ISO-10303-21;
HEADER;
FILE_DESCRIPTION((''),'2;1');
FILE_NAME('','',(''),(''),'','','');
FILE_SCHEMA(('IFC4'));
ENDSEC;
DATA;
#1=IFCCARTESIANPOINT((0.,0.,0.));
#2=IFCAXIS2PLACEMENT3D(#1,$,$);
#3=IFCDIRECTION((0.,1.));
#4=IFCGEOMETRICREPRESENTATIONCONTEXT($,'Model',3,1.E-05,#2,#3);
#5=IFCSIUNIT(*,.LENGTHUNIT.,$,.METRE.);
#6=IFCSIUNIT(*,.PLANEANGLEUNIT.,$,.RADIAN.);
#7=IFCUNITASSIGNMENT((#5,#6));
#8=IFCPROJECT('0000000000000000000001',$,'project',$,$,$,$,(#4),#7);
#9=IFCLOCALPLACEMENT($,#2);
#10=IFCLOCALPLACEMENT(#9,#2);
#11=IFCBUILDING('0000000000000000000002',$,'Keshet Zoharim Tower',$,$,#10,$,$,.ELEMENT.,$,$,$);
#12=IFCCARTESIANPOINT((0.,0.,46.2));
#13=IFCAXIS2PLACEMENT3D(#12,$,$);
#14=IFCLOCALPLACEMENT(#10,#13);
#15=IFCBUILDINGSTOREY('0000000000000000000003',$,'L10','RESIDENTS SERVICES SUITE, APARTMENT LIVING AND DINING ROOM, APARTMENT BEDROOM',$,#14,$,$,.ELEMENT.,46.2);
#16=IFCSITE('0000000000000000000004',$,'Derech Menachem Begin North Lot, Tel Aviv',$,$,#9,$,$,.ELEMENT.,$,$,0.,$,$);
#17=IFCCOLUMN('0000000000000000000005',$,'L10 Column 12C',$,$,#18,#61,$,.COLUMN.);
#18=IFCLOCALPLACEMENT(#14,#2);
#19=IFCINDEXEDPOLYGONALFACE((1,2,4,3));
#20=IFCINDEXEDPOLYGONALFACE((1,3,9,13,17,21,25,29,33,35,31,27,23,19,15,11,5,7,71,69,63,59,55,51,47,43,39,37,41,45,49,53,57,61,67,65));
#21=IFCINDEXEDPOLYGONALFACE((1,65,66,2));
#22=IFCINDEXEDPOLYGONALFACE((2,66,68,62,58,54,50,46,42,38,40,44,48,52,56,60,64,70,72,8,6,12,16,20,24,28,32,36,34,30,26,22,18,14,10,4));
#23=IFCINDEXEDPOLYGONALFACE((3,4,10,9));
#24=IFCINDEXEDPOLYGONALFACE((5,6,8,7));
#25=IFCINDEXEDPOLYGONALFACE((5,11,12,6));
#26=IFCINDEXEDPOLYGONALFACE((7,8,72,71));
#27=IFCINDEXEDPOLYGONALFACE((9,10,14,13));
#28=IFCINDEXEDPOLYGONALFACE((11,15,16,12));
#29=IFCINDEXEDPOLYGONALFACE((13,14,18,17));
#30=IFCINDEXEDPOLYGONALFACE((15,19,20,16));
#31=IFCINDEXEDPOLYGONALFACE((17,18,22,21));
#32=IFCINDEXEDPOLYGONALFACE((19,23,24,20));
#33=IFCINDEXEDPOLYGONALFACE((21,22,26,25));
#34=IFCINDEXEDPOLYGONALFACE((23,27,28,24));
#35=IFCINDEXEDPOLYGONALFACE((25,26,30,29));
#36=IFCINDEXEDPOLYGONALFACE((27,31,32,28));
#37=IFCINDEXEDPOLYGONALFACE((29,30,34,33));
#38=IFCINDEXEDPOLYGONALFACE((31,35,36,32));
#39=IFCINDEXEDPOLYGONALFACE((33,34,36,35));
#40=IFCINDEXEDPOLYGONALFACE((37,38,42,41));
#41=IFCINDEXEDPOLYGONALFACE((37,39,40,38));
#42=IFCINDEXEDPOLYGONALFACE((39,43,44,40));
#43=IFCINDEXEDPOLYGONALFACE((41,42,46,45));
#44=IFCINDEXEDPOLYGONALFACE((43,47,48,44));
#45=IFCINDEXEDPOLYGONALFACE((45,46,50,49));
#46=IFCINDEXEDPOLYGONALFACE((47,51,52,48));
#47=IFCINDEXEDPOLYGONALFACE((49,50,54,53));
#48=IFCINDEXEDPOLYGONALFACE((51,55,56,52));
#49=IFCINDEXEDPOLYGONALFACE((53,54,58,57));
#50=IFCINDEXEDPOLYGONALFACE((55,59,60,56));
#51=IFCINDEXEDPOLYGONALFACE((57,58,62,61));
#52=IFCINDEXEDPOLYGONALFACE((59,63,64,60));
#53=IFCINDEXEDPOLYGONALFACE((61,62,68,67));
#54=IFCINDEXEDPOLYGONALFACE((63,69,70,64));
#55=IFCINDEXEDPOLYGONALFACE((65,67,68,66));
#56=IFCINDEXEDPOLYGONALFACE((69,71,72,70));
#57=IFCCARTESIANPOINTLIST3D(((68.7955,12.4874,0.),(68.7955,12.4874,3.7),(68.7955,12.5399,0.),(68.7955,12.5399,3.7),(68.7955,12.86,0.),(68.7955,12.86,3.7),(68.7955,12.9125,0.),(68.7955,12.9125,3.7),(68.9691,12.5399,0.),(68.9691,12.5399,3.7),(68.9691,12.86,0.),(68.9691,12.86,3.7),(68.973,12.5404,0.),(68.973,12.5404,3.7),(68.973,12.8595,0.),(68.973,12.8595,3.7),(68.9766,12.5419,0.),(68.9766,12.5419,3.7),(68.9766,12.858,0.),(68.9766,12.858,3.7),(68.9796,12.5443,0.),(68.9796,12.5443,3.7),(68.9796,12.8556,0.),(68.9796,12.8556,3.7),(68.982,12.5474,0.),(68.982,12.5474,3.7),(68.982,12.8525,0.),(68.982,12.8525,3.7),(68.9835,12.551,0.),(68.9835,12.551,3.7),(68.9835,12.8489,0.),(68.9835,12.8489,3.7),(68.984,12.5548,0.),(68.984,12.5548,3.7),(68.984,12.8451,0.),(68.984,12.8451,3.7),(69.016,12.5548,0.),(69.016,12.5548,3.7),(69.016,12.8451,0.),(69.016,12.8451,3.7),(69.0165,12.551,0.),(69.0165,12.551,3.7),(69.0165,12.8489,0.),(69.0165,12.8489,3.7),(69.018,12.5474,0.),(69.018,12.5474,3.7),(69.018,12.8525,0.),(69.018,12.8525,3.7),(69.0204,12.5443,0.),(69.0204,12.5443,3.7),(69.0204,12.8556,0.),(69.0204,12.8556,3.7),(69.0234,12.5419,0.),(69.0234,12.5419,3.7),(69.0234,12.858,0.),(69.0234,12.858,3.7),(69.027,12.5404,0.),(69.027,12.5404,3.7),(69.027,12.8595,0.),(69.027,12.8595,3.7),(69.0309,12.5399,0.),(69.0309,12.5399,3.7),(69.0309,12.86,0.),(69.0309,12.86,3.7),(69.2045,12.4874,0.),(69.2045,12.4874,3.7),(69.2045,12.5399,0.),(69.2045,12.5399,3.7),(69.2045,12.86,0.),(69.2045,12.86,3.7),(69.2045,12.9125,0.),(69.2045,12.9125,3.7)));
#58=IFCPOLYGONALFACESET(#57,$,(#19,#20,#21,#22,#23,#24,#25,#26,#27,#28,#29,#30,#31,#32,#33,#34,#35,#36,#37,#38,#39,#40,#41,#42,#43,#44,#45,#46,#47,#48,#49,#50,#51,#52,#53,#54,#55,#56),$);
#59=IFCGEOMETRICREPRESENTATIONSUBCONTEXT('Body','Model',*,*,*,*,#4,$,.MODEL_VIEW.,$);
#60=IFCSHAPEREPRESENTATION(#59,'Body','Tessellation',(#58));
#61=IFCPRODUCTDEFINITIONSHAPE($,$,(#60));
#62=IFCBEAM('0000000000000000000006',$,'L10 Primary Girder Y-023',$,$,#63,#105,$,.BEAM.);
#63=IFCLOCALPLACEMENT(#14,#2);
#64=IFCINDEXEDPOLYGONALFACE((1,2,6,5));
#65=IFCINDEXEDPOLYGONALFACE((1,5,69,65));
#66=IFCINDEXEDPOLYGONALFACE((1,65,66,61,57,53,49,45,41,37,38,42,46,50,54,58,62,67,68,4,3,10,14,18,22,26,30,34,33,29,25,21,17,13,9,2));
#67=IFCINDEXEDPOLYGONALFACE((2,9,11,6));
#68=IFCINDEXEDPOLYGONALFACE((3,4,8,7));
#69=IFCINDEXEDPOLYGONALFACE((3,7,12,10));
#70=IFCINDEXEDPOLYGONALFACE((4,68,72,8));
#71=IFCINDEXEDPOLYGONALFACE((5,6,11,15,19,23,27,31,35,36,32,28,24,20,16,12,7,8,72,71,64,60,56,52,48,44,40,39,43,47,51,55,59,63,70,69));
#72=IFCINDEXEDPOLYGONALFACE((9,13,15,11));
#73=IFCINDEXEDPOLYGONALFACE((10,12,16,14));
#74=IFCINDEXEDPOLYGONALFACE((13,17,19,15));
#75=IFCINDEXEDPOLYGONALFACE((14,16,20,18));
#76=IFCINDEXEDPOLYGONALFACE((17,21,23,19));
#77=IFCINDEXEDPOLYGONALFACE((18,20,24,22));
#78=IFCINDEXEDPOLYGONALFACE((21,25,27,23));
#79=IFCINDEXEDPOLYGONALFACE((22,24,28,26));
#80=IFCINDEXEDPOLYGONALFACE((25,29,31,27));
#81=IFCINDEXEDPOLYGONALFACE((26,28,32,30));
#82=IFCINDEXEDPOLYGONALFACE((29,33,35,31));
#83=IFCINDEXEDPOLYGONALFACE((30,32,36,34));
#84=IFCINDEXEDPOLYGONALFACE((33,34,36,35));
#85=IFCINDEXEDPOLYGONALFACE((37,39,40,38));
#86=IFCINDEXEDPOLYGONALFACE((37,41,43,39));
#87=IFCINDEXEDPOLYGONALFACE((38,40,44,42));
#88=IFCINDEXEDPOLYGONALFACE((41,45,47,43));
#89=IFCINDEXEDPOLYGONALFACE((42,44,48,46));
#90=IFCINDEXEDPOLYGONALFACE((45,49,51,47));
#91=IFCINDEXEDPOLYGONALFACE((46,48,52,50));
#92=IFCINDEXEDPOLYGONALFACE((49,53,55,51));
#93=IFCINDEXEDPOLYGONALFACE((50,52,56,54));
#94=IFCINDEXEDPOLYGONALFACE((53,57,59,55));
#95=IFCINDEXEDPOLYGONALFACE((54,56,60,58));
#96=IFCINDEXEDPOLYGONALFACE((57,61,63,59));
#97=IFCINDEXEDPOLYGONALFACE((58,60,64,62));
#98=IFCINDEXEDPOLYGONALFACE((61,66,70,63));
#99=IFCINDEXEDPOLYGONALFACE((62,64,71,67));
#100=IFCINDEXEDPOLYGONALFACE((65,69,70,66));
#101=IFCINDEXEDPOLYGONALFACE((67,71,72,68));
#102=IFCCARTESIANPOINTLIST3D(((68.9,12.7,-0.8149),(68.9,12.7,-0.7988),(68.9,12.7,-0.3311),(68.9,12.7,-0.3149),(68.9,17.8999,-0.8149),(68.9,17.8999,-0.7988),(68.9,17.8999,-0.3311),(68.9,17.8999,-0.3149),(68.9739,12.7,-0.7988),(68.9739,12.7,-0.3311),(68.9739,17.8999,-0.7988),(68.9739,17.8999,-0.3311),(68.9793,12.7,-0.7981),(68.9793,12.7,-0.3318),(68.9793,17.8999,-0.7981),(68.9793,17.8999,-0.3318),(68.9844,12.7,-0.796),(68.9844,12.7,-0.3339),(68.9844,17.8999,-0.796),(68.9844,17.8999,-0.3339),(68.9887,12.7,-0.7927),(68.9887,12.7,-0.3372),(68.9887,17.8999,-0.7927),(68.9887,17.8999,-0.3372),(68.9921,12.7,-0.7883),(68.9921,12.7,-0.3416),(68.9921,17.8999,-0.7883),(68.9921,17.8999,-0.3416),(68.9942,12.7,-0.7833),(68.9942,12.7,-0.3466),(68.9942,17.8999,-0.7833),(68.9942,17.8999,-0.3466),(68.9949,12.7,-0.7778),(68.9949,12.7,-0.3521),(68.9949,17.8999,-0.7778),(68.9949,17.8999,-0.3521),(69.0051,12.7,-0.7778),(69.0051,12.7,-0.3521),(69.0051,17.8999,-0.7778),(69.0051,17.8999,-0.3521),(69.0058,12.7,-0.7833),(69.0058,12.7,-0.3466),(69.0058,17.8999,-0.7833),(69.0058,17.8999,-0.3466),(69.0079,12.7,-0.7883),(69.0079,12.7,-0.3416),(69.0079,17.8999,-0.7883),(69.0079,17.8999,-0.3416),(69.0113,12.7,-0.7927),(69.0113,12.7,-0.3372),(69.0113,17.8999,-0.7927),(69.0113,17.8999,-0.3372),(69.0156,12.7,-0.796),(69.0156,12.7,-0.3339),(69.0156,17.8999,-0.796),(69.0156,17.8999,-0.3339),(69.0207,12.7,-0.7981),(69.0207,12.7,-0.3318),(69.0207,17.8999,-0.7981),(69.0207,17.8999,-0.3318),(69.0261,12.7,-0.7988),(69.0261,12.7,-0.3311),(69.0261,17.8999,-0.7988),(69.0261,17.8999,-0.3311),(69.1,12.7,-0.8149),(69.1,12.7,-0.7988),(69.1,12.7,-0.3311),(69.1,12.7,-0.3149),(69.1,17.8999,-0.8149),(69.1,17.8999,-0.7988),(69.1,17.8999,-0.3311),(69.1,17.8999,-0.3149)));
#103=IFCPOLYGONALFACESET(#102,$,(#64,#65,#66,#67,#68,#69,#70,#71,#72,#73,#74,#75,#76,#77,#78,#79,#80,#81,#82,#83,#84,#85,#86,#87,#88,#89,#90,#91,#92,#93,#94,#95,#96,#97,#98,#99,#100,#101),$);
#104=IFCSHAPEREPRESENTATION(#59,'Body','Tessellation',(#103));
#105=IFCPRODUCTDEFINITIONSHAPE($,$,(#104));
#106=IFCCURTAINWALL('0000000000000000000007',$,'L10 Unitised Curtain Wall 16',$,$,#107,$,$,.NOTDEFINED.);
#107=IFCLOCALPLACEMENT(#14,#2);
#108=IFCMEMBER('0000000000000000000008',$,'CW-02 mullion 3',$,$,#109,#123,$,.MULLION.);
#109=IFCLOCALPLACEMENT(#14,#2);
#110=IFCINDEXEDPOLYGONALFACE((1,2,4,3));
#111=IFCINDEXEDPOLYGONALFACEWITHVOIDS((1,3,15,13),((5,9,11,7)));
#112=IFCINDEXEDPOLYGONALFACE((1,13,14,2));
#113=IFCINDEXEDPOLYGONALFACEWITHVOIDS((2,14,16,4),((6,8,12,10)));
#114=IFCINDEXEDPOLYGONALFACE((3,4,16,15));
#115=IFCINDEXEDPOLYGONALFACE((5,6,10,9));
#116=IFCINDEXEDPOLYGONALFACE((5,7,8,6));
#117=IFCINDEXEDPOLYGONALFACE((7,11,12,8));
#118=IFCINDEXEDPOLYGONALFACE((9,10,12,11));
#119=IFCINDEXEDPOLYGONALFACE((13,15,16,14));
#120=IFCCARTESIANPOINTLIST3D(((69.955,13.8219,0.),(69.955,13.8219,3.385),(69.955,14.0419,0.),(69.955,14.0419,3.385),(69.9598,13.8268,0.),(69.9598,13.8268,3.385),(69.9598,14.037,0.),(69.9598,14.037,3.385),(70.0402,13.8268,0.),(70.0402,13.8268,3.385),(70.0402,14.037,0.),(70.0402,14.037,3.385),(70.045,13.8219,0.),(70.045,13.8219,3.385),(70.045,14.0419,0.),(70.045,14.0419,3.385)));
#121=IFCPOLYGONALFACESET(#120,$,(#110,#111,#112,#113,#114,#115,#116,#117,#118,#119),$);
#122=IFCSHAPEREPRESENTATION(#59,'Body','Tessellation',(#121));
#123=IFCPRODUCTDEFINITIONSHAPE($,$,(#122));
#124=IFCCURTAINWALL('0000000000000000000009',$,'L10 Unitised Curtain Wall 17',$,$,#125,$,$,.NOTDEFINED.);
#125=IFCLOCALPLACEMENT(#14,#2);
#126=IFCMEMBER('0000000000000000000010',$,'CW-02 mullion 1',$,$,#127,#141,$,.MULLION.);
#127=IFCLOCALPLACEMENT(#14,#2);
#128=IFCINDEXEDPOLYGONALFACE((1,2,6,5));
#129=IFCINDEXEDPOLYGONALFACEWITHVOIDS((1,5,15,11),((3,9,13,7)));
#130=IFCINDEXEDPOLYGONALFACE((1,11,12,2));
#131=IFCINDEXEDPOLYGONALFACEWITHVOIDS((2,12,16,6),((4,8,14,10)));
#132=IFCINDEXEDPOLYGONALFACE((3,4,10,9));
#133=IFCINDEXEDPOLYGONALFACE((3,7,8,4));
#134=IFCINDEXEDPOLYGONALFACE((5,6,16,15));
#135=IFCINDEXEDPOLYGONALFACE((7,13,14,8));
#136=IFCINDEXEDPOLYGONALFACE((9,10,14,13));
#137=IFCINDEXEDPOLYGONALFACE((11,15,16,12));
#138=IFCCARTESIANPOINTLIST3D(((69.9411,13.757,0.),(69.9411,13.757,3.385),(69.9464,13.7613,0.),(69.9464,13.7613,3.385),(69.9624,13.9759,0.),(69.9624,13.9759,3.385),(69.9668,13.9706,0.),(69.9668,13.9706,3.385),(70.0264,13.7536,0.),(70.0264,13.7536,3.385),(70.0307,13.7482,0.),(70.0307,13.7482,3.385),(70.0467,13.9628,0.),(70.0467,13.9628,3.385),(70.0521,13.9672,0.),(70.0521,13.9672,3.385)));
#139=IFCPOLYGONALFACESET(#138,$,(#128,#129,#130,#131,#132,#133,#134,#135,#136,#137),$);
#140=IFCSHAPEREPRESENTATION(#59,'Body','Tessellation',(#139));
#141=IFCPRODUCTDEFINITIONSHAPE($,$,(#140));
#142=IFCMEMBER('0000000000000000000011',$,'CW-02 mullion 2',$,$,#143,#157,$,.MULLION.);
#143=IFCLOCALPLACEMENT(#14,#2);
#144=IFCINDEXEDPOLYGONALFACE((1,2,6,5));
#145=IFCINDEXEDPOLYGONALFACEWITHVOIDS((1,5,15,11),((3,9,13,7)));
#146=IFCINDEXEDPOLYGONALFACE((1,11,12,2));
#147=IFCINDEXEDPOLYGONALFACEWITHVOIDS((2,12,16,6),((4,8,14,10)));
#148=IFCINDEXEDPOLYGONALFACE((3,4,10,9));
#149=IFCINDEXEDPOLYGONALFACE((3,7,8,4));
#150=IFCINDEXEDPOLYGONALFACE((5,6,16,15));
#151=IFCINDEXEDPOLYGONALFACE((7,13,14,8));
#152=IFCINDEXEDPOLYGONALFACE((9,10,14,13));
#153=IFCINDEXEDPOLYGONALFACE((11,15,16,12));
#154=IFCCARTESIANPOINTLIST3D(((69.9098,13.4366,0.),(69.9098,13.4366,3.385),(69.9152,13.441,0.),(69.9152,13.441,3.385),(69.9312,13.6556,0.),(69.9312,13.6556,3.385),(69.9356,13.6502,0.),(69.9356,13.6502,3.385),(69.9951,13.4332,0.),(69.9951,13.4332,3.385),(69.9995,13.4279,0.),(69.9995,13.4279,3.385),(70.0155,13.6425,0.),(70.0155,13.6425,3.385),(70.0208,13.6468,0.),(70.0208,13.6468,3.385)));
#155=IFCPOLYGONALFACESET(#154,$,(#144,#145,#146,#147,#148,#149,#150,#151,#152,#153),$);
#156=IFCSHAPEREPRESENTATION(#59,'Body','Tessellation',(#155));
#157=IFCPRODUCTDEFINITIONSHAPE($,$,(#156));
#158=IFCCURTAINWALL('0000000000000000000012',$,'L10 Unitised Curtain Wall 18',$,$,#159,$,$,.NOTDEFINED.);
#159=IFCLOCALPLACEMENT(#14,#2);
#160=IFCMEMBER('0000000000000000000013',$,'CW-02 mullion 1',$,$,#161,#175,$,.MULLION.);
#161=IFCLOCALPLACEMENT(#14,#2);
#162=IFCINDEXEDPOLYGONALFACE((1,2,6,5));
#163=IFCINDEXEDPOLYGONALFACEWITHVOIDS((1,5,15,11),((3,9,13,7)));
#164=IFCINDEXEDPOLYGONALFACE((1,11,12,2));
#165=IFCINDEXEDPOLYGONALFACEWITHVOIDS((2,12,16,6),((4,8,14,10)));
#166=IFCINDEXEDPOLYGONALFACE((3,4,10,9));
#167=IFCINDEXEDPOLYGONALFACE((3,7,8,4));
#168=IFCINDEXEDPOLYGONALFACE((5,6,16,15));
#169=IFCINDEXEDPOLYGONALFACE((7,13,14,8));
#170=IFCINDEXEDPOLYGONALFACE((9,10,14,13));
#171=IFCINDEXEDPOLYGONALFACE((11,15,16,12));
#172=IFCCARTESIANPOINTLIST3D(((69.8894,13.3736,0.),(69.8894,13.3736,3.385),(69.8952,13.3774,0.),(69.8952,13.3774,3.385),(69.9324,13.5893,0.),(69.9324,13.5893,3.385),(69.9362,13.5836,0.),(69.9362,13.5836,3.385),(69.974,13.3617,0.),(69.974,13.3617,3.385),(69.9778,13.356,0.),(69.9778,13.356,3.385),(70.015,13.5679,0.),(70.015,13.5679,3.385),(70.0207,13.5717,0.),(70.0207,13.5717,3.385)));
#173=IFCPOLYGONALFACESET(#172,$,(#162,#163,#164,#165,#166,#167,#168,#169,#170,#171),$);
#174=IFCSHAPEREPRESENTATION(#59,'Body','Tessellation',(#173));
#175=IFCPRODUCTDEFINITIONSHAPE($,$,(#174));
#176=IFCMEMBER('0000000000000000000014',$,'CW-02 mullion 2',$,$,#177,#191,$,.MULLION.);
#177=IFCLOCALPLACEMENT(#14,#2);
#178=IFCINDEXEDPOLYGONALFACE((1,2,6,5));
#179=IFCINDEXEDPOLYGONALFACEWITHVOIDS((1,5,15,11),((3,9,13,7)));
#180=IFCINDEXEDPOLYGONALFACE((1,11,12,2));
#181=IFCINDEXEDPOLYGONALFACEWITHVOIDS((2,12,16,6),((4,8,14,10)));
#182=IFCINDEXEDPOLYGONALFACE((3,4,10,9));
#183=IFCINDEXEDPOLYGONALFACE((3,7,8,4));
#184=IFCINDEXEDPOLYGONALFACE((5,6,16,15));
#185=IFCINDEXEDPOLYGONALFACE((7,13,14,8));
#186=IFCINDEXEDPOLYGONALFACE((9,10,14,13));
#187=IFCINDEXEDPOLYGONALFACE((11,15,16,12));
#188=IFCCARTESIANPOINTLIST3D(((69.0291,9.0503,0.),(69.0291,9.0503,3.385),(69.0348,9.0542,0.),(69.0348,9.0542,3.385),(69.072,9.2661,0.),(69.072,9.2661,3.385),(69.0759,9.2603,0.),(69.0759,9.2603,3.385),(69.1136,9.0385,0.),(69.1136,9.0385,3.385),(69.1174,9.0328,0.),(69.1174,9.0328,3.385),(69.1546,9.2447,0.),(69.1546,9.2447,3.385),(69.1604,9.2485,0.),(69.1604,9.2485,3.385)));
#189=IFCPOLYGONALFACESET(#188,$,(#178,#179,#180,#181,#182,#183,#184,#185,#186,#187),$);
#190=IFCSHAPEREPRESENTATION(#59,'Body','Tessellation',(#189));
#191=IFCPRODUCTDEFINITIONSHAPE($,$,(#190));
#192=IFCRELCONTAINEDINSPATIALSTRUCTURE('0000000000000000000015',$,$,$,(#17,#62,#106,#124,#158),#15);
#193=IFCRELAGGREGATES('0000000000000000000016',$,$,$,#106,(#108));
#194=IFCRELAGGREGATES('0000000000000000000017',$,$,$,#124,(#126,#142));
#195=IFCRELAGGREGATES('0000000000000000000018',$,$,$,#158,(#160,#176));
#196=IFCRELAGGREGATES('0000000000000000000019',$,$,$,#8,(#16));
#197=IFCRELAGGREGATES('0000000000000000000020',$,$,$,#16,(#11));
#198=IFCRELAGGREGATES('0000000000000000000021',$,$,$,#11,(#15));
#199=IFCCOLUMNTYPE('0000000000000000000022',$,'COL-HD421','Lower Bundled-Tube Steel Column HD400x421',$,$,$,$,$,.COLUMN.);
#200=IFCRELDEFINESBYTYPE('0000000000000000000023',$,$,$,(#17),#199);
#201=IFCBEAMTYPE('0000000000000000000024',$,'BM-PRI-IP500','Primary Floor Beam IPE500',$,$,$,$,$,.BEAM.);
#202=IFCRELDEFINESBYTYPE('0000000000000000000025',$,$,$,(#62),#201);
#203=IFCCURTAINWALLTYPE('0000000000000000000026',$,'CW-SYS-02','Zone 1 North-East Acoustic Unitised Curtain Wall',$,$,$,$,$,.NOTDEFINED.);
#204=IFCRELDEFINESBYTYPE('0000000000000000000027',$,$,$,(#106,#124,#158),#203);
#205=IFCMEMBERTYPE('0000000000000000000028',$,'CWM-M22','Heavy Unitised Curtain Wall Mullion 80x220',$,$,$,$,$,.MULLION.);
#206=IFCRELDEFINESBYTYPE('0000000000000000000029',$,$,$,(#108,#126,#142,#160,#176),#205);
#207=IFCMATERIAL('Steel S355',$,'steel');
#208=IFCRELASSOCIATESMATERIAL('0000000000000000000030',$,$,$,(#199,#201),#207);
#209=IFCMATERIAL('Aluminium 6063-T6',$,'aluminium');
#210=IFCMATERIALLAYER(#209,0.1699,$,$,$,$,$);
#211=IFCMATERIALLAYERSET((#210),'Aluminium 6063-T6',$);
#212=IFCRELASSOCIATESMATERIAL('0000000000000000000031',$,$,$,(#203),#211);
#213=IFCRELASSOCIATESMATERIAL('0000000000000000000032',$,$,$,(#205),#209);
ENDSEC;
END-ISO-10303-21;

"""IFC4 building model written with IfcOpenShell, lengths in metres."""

from ifc_helpers import new_model, si_unit, direction, frame, origin, origin_2d, place, context, subcontext, project, spatial, hollow_rectangle, i_section, extrude, material, layer, layer_set, material_profile, profile_set, type_object, element, aggregate, save


model = new_model("IFC4")

# Units and contexts
model_context = context("Model", 3, precision=1e-05, world=origin(), true_north=direction((0.0, 1.0)))
body_context = subcontext(model_context, "Body", "Model", "MODEL_VIEW")
ifc_project = project(units=[si_unit("LENGTHUNIT", "METRE"), si_unit("PLANEANGLEUNIT", "RADIAN")], contexts=[model_context])

# Site, building, storey
site_placement = place(None, origin())
site = spatial("IfcSite", under=ifc_project, at=site_placement, Name="Derech Menachem Begin North Lot, Tel Aviv", CompositionType="ELEMENT", RefElevation=0.0)
building_placement = place(site_placement, origin())
building = spatial("IfcBuilding", under=site, at=building_placement, Name="Keshet Zoharim Tower", CompositionType="ELEMENT")
storey_placement = place(building_placement, frame((0.0, 0.0, 46.2)))
storey = spatial("IfcBuildingStorey", under=building, at=storey_placement, Name="L10", Description="RESIDENTS SERVICES SUITE, APARTMENT LIVING AND DINING ROOM, APARTMENT BEDROOM", CompositionType="ELEMENT", Elevation=46.2)

# Column
ifc_material_1 = material(Name="Steel S355", Category="steel")
ifc_material_profile_1 = material_profile(ifc_material_1, i_section(OverallWidth=0.4089, OverallDepth=0.425, WebThickness=0.032, FlangeThickness=0.0525, FilletRadius=0.0149, at=origin_2d()), Name="HD400x421")
ifc_profile_set_1 = profile_set([ifc_material_profile_1], Name="Steel S355")
column_type = type_object("IfcColumnType", Name="COL-HD421", Description="Lower Bundled-Tube Steel Column HD400x421", PredefinedType="COLUMN", material=ifc_profile_set_1)
column_placement = place(storey_placement, frame((69.0, 12.7, 0.0), z_axis=(0.0, 0.0, 1.0), x_axis=(1.0, 0.0, 0.0)))
element("IfcColumn", 1, at=column_placement, inside=storey, type_object=column_type, Name="L10 Column 12C", PredefinedType="COLUMN", context=body_context, shape_type="SweptSolid", body=[
    extrude(i_section(OverallWidth=0.4089, OverallDepth=0.425, WebThickness=0.032, FlangeThickness=0.0525, FilletRadius=0.0149, at=origin_2d()), origin(), (0.0, 0.0, 1.0), 3.7),
])

# Beam
ifc_material_profile_2 = material_profile(ifc_material_1, i_section(OverallWidth=0.2, OverallDepth=0.5, WebThickness=0.0103, FlangeThickness=0.0161, FilletRadius=0.021, at=origin_2d()), Name="IPE500")
ifc_profile_set_2 = profile_set([ifc_material_profile_2], Name="Steel S355")
beam_type = type_object("IfcBeamType", Name="BM-PRI-IP500", Description="Primary Floor Beam IPE500", PredefinedType="BEAM", material=ifc_profile_set_2)
beam_placement = place(storey_placement, frame((69.0, 12.7, -0.5649), z_axis=(0.0, 1.0, 0.0), x_axis=(-1.0, 0.0, 0.0)))
element("IfcBeam", 2, at=beam_placement, inside=storey, type_object=beam_type, Name="L10 Primary Girder Y-023", PredefinedType="BEAM", context=body_context, shape_type="SweptSolid", body=[
    extrude(i_section(OverallWidth=0.2, OverallDepth=0.5, WebThickness=0.0103, FlangeThickness=0.0161, FilletRadius=0.021, at=origin_2d()), origin(), (0.0, 0.0, 1.0), 5.2),
])

# Curtain wall, member
ifc_material_2 = material(Name="Aluminium 6063-T6", Category="aluminium")
ifc_layer_1 = layer(ifc_material_2, 0.1699)
ifc_layer_set_1 = layer_set([ifc_layer_1], Name="Aluminium 6063-T6")
curtain_wall_type_1 = type_object("IfcCurtainWallType", Name="CW-SYS-02", Description="Zone 1 North-East Acoustic Unitised Curtain Wall", PredefinedType="NOTDEFINED", material=ifc_layer_set_1)
curtain_wall_1_placement = place(storey_placement, origin())
curtain_wall_1 = element("IfcCurtainWall", 3, at=curtain_wall_1_placement, inside=storey, type_object=curtain_wall_type_1, Name="L10 Unitised Curtain Wall 16", PredefinedType="NOTDEFINED")
ifc_material_profile_3 = material_profile(ifc_material_2, hollow_rectangle(XDim=0.0901, YDim=0.22, WallThickness=0.0049, at=origin_2d()), Name="MUL-90x220")
ifc_profile_set_3 = profile_set([ifc_material_profile_3], Name="Aluminium 6063-T6")
member_type_1 = type_object("IfcMemberType", Name="CWM-M22", Description="Heavy Unitised Curtain Wall Mullion 80x220", PredefinedType="MULLION", material=ifc_profile_set_3)
member_1_placement = place(storey_placement, frame((70.0, 13.9319, 0.0), z_axis=(0.0, 0.0, 1.0), x_axis=(1.0, 0.0, 0.0)))
member_1 = element("IfcMember", 4, at=member_1_placement, type_object=member_type_1, Name="CW-02 mullion 3", PredefinedType="MULLION", context=body_context, shape_type="SweptSolid", body=[
    extrude(hollow_rectangle(XDim=0.0901, YDim=0.22, WallThickness=0.0049, at=origin_2d()), origin(), (0.0, 0.0, 1.0), 3.385),
])
aggregate(curtain_wall_1, [member_1])

# Curtain walls, members
curtain_wall_2_placement = place(storey_placement, origin())
curtain_wall_2 = element("IfcCurtainWall", 5, at=curtain_wall_2_placement, inside=storey, type_object=curtain_wall_type_1, Name="L10 Unitised Curtain Wall 17", PredefinedType="NOTDEFINED")
member_2_placement = place(storey_placement, frame((69.9966, 13.8621, 0.0), z_axis=(0.0, 0.0, 1.0), x_axis=(0.995287, -0.096977, 0.0)))
member_2 = element("IfcMember", 6, at=member_2_placement, type_object=member_type_1, Name="CW-02 mullion 1", PredefinedType="MULLION", context=body_context, shape_type="SweptSolid", body=[
    extrude(hollow_rectangle(XDim=0.0901, YDim=0.22, WallThickness=0.0049, at=origin_2d()), origin(), (0.0, 0.0, 1.0), 3.385),
])
member_3_placement = place(storey_placement, frame((69.9653, 13.5417, 0.0), z_axis=(0.0, 0.0, 1.0), x_axis=(0.995287, -0.096977, 0.0)))
member_3 = element("IfcMember", 7, at=member_3_placement, type_object=member_type_1, Name="CW-02 mullion 2", PredefinedType="MULLION", context=body_context, shape_type="SweptSolid", body=[
    extrude(hollow_rectangle(XDim=0.0901, YDim=0.22, WallThickness=0.0049, at=origin_2d()), origin(), (0.0, 0.0, 1.0), 3.385),
])
curtain_wall_3_placement = place(storey_placement, origin())
curtain_wall_3 = element("IfcCurtainWall", 8, at=curtain_wall_3_placement, inside=storey, type_object=curtain_wall_type_1, Name="L10 Unitised Curtain Wall 18", PredefinedType="NOTDEFINED")
member_4_placement = place(storey_placement, frame((69.9551, 13.4727, 0.0), z_axis=(0.0, 0.0, 1.0), x_axis=(0.980769, -0.195171, 0.0)))
member_4 = element("IfcMember", 9, at=member_4_placement, type_object=member_type_1, Name="CW-02 mullion 1", PredefinedType="MULLION", context=body_context, shape_type="SweptSolid", body=[
    extrude(hollow_rectangle(XDim=0.0901, YDim=0.22, WallThickness=0.0049, at=origin_2d()), origin(), (0.0, 0.0, 1.0), 3.385),
])
member_5_placement = place(storey_placement, frame((69.0947, 9.1494, 0.0), z_axis=(0.0, 0.0, 1.0), x_axis=(0.980769, -0.195171, 0.0)))
member_5 = element("IfcMember", 10, at=member_5_placement, type_object=member_type_1, Name="CW-02 mullion 2", PredefinedType="MULLION", context=body_context, shape_type="SweptSolid", body=[
    extrude(hollow_rectangle(XDim=0.0901, YDim=0.22, WallThickness=0.0049, at=origin_2d()), origin(), (0.0, 0.0, 1.0), 3.385),
])

aggregate(curtain_wall_2, [member_2, member_3])
aggregate(curtain_wall_3, [member_4, member_5])

save(model, "model.ifc")
